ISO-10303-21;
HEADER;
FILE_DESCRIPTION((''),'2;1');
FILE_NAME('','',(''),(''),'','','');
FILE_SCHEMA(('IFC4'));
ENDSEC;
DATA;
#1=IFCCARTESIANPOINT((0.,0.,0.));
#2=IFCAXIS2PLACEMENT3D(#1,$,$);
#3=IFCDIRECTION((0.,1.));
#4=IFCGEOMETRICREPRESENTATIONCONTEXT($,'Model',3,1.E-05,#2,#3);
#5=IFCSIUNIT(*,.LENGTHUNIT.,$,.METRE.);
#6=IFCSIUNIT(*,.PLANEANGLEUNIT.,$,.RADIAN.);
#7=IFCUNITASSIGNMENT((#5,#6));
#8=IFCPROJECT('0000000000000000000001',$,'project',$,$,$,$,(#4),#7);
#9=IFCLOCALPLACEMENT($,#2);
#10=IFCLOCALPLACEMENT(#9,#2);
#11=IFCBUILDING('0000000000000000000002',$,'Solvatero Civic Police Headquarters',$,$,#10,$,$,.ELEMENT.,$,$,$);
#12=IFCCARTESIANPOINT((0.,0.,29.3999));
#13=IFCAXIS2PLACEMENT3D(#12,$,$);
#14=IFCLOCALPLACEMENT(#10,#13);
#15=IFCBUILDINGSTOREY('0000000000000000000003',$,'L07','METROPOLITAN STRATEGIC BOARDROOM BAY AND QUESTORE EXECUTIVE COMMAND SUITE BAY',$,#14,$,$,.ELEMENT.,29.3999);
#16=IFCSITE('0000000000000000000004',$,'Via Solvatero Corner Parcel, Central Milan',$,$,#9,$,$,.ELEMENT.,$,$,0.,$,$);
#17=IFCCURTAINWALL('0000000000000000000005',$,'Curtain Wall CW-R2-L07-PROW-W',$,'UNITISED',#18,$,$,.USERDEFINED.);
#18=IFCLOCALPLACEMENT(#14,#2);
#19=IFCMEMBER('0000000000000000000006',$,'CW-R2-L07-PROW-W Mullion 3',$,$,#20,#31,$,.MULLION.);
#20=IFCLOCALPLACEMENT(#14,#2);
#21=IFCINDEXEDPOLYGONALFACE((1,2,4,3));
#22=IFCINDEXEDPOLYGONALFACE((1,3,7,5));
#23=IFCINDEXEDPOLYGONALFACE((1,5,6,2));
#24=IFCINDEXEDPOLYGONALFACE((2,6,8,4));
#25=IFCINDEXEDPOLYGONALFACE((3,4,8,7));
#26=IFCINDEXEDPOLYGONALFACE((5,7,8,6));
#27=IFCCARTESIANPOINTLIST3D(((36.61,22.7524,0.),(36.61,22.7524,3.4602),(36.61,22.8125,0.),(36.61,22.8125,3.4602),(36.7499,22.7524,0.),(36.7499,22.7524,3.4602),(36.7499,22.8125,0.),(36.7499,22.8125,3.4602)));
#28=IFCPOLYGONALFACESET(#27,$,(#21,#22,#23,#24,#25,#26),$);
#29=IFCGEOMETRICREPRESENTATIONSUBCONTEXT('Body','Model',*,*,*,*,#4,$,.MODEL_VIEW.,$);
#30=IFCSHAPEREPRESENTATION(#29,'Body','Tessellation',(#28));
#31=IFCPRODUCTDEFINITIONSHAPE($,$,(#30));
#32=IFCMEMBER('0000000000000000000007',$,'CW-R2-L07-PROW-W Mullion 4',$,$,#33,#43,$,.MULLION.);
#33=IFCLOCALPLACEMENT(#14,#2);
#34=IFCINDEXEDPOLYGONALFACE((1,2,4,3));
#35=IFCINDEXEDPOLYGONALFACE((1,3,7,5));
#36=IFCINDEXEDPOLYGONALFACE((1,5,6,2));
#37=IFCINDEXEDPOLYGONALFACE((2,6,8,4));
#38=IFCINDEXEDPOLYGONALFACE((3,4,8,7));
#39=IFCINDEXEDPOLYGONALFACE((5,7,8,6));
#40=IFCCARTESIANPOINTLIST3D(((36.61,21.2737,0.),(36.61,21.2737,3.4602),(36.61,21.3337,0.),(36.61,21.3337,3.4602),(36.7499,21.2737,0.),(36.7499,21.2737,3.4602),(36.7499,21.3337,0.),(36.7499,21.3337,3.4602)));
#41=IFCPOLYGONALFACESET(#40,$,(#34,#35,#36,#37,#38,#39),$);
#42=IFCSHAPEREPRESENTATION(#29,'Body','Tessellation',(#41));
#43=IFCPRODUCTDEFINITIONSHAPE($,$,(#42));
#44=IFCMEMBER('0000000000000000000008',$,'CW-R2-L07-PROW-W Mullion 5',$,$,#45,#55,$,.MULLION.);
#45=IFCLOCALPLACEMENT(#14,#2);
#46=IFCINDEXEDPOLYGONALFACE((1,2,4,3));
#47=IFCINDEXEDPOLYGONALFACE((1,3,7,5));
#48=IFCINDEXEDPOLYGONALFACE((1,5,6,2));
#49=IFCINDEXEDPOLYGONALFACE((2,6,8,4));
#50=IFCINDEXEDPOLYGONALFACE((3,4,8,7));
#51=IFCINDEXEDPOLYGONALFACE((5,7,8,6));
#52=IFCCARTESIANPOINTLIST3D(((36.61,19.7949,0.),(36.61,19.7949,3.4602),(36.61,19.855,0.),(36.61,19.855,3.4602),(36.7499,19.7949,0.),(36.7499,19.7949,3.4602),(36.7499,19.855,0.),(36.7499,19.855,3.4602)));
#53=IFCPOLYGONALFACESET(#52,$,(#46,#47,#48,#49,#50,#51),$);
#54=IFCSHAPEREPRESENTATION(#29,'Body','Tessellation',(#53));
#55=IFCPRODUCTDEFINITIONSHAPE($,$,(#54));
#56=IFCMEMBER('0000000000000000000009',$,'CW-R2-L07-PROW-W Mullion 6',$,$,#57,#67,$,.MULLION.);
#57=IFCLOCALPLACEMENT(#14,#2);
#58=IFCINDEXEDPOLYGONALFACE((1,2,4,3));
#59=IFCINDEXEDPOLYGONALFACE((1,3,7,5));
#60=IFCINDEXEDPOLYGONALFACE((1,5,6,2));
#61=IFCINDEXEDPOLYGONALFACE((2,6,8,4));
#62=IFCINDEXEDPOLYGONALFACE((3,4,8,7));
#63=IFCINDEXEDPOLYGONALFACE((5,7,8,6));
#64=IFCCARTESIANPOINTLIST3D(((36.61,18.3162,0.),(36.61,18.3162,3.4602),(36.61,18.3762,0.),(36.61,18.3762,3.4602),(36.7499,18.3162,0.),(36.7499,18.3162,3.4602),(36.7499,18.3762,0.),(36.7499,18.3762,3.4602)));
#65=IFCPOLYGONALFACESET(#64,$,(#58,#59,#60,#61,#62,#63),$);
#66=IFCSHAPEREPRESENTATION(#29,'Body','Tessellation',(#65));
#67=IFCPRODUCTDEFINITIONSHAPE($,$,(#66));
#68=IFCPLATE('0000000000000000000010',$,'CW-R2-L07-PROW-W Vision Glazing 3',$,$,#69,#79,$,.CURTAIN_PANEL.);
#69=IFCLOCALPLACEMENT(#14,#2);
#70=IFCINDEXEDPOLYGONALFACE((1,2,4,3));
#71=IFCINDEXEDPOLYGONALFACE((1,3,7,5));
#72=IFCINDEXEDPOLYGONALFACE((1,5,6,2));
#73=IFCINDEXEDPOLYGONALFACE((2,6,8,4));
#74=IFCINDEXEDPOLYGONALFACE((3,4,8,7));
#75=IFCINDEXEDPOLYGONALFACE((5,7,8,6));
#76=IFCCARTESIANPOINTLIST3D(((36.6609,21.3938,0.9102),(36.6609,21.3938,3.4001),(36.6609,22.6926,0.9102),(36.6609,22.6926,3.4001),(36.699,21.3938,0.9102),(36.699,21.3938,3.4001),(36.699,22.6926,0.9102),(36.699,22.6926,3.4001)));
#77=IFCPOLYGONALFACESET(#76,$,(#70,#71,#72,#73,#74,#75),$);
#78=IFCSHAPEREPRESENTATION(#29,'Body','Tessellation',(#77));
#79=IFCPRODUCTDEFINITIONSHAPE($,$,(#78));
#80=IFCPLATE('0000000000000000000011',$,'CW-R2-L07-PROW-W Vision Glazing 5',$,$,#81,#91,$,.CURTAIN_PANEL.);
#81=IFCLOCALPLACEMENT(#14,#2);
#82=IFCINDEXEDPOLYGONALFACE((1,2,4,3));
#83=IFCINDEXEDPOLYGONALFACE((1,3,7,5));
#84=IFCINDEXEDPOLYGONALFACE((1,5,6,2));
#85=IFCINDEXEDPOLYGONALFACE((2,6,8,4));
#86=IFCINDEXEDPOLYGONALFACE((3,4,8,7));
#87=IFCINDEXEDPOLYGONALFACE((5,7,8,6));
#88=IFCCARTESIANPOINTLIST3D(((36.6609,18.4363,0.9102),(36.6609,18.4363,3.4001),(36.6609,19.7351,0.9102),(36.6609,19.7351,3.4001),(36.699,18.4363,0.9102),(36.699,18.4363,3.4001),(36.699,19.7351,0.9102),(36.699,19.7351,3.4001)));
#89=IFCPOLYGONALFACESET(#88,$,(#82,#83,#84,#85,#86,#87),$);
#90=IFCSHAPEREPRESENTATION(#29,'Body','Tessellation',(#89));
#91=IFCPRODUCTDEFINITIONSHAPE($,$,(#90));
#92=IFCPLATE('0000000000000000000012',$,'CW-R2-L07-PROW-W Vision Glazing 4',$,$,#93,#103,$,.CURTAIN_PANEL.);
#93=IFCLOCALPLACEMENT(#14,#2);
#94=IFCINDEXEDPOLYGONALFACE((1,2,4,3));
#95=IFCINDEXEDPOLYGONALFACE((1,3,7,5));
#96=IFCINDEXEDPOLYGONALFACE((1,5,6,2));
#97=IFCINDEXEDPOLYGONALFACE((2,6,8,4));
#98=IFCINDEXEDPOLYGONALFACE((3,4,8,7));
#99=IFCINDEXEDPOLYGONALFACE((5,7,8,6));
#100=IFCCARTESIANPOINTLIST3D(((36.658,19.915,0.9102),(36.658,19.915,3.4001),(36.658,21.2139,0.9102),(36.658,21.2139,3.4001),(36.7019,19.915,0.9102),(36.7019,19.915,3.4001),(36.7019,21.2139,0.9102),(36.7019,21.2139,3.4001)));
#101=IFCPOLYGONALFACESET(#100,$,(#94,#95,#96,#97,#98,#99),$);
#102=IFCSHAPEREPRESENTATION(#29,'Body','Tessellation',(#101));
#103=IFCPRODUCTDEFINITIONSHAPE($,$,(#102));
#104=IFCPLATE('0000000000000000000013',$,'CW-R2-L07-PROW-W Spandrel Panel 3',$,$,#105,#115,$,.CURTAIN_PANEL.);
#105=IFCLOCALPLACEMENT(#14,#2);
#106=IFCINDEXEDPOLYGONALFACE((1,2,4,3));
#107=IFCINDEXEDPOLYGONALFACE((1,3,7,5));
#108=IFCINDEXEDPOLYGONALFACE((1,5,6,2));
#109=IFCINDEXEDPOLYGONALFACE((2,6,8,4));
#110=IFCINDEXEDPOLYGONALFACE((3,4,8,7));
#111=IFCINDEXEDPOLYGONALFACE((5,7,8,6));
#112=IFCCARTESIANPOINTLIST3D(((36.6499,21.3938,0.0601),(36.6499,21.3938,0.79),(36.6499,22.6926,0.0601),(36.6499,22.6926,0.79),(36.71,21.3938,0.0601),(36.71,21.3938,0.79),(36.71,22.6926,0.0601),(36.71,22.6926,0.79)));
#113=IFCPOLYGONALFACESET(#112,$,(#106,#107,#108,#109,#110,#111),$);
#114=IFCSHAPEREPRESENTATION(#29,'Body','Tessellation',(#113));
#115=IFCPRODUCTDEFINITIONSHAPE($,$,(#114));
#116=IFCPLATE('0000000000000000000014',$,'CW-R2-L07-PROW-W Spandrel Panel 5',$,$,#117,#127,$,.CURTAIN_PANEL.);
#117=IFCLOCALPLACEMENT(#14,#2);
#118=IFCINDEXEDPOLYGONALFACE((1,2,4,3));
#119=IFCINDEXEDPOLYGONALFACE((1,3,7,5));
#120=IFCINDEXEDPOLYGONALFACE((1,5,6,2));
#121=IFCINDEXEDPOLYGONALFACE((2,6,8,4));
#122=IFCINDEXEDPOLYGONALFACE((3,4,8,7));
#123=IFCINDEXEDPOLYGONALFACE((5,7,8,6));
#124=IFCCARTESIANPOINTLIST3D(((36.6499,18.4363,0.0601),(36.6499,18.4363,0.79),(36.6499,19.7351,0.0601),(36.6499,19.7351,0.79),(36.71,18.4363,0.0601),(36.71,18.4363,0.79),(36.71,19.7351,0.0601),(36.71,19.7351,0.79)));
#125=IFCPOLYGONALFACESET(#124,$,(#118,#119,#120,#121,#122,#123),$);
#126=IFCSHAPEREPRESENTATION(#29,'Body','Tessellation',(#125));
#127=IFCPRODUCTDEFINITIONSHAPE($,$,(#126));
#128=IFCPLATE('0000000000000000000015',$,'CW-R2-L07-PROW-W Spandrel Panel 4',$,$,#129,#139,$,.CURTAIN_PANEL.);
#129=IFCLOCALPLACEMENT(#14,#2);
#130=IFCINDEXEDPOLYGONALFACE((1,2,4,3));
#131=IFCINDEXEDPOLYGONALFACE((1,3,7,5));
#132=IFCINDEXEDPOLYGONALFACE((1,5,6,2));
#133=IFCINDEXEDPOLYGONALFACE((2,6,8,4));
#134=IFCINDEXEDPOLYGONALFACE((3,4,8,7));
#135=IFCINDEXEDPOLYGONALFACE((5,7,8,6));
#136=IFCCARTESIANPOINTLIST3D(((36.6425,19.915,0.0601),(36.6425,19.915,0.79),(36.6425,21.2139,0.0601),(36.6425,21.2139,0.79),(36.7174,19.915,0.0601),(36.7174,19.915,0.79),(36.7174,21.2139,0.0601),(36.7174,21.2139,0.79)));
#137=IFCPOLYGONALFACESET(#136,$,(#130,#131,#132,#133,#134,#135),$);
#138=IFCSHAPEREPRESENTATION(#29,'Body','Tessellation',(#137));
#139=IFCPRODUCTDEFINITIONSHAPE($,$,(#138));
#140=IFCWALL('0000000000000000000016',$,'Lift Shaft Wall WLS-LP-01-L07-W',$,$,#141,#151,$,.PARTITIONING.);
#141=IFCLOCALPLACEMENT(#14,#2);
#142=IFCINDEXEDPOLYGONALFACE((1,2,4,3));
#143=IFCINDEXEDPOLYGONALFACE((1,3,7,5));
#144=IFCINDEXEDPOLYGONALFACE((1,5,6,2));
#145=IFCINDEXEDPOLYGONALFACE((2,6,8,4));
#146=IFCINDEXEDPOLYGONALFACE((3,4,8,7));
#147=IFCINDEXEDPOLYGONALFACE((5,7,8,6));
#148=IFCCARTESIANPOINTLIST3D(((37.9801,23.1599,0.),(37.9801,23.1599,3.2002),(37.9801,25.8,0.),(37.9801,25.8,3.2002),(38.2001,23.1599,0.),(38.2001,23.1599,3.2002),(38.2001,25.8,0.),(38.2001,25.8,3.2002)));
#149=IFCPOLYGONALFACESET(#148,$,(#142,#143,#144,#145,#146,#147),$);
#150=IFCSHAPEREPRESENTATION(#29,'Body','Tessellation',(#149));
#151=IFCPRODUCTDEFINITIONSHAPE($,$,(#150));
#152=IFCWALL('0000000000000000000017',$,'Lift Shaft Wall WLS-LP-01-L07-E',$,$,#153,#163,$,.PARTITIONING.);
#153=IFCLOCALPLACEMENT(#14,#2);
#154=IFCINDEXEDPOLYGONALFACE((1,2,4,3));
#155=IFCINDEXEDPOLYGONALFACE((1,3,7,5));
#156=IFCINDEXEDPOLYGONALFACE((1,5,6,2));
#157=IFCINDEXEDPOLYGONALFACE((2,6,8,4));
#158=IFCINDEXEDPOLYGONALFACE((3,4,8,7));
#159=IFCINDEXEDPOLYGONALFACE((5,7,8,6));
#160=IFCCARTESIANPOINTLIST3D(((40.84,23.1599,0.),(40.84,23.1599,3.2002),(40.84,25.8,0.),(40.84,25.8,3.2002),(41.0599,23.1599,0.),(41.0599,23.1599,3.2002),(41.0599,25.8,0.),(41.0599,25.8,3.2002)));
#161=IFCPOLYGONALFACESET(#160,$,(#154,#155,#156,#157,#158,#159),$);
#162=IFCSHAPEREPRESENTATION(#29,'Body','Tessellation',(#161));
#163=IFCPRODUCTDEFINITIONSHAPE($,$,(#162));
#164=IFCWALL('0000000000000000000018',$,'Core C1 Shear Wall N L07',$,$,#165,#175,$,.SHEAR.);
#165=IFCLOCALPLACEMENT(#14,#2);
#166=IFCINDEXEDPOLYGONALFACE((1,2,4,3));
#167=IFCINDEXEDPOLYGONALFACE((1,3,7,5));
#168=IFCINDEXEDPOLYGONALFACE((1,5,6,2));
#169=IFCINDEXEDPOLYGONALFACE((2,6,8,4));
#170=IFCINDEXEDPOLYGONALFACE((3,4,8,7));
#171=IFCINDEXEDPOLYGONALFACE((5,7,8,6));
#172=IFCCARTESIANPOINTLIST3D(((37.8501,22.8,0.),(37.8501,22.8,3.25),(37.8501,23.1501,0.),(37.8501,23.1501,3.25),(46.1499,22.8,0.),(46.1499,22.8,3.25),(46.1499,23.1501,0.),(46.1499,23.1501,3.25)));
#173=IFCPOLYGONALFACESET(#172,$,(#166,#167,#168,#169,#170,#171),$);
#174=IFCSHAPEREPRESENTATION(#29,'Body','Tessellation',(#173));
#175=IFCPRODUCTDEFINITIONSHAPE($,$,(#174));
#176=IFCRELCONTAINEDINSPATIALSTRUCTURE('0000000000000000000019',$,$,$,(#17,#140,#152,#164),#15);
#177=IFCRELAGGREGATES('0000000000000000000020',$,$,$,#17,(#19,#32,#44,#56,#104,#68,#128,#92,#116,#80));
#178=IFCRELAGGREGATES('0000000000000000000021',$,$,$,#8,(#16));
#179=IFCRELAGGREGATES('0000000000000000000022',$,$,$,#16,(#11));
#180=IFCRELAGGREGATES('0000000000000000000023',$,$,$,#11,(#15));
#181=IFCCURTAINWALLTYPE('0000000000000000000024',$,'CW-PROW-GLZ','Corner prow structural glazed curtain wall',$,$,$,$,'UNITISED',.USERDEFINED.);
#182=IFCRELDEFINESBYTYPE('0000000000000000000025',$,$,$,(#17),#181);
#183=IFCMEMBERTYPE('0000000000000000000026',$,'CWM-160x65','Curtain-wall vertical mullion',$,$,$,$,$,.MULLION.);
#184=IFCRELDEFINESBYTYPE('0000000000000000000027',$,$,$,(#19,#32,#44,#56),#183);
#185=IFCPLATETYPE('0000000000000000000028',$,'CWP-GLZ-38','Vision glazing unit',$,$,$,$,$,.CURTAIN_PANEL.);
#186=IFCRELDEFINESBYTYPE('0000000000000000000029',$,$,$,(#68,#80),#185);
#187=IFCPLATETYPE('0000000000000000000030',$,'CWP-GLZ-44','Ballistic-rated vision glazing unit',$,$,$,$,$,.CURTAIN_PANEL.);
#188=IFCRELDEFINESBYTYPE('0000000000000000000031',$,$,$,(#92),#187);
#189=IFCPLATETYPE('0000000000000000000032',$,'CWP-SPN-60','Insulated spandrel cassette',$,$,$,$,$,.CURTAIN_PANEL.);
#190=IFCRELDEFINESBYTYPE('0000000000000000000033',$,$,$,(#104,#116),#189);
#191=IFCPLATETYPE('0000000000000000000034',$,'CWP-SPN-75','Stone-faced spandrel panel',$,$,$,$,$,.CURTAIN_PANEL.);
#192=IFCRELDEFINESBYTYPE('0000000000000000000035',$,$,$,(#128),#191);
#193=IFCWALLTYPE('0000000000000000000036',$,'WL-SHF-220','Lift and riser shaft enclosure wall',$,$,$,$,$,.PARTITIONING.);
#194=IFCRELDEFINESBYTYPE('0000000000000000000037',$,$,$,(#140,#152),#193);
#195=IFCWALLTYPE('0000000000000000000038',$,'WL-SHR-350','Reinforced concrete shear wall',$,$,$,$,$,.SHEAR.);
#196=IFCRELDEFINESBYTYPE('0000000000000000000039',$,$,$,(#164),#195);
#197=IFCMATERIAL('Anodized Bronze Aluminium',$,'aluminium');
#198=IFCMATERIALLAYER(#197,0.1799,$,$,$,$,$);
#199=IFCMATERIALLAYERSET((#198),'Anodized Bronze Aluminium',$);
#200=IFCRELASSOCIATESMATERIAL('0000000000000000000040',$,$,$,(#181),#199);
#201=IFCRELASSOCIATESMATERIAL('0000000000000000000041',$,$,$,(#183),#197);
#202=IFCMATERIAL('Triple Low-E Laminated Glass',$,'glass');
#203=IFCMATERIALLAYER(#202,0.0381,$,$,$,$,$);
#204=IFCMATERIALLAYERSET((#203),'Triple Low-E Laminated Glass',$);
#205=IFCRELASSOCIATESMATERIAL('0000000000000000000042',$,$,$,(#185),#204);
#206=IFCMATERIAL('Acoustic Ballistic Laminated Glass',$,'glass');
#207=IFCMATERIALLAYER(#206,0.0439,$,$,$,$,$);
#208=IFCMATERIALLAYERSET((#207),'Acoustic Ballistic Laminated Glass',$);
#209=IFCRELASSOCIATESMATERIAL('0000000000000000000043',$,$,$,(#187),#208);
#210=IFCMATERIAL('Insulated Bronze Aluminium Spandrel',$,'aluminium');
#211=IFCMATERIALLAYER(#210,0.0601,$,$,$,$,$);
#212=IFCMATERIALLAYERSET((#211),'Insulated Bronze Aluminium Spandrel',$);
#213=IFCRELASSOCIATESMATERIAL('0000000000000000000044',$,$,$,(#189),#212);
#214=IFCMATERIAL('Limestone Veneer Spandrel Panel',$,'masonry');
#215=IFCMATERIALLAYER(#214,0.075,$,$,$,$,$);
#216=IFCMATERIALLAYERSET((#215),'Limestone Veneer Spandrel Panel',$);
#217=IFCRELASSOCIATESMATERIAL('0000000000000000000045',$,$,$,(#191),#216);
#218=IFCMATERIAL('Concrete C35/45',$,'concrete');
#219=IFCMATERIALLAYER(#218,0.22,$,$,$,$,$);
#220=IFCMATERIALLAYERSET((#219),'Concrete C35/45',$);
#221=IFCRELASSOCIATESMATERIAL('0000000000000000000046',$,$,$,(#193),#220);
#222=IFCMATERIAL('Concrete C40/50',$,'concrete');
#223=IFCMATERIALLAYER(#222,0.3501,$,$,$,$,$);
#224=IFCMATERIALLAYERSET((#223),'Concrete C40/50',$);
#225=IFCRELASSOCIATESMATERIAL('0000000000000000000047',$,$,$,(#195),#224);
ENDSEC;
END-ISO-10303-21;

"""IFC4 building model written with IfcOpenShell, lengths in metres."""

from ifc_helpers import new_model, si_unit, direction, frame, frame_2d, origin, origin_2d, place, context, subcontext, project, spatial, rectangle, extrude, material, layer, layer_set, material_profile, profile_set, type_object, element, aggregate, save


model = new_model("IFC4")

# Units and contexts
model_context = context("Model", 3, precision=1e-05, world=origin(), true_north=direction((0.0, 1.0)))
body_context = subcontext(model_context, "Body", "Model", "MODEL_VIEW")
ifc_project = project(units=[si_unit("LENGTHUNIT", "METRE"), si_unit("PLANEANGLEUNIT", "RADIAN")], contexts=[model_context])

# Site, building, storey
site_placement = place(None, origin())
site = spatial("IfcSite", under=ifc_project, at=site_placement, Name="Via Solvatero Corner Parcel, Central Milan", CompositionType="ELEMENT", RefElevation=0.0)
building_placement = place(site_placement, origin())
building = spatial("IfcBuilding", under=site, at=building_placement, Name="Solvatero Civic Police Headquarters", CompositionType="ELEMENT")
storey_placement = place(building_placement, frame((0.0, 0.0, 29.3999)))
storey = spatial("IfcBuildingStorey", under=building, at=storey_placement, Name="L07", Description="METROPOLITAN STRATEGIC BOARDROOM BAY AND QUESTORE EXECUTIVE COMMAND SUITE BAY", CompositionType="ELEMENT", Elevation=29.3999)

# Curtain wall, members, plates
ifc_material_1 = material(Name="Anodized Bronze Aluminium", Category="aluminium")
ifc_layer_1 = layer(ifc_material_1, 0.1799)
ifc_layer_set_1 = layer_set([ifc_layer_1], Name="Anodized Bronze Aluminium")
curtain_wall_type = type_object("IfcCurtainWallType", Name="CW-PROW-GLZ", Description="Corner prow structural glazed curtain wall", ElementType="UNITISED", PredefinedType="USERDEFINED", material=ifc_layer_set_1)
curtain_wall_placement = place(storey_placement, origin())
curtain_wall = element("IfcCurtainWall", 1, at=curtain_wall_placement, inside=storey, type_object=curtain_wall_type, Name="Curtain Wall CW-R2-L07-PROW-W", ObjectType="UNITISED", PredefinedType="USERDEFINED")
ifc_material_profile = material_profile(ifc_material_1, rectangle(XDim=0.0601, YDim=0.1399, at=origin_2d()), Name="ALU MULLION 60x140")
ifc_profile_set = profile_set([ifc_material_profile], Name="Anodized Bronze Aluminium")
member_type = type_object("IfcMemberType", Name="CWM-160x65", Description="Curtain-wall vertical mullion", PredefinedType="MULLION", material=ifc_profile_set)
member_1_placement = place(storey_placement, frame((36.6799, 22.7825, 0.0), z_axis=(0.0, 0.0, 1.0), x_axis=(0.0, -1.0, 0.0)))
member_1 = element("IfcMember", 2, at=member_1_placement, type_object=member_type, Name="CW-R2-L07-PROW-W Mullion 3", PredefinedType="MULLION", context=body_context, shape_type="SweptSolid", body=[
    extrude(rectangle(XDim=0.0601, YDim=0.1399, at=origin_2d()), origin(), (0.0, 0.0, 1.0), 3.4602),
])
member_2_placement = place(storey_placement, frame((36.6799, 21.3037, 0.0), z_axis=(0.0, 0.0, 1.0), x_axis=(0.0, -1.0, 0.0)))
member_2 = element("IfcMember", 3, at=member_2_placement, type_object=member_type, Name="CW-R2-L07-PROW-W Mullion 4", PredefinedType="MULLION", context=body_context, shape_type="SweptSolid", body=[
    extrude(rectangle(XDim=0.0601, YDim=0.1399, at=origin_2d()), origin(), (0.0, 0.0, 1.0), 3.4602),
])
member_3_placement = place(storey_placement, frame((36.6799, 19.825, 0.0), z_axis=(0.0, 0.0, 1.0), x_axis=(0.0, -1.0, 0.0)))
member_3 = element("IfcMember", 4, at=member_3_placement, type_object=member_type, Name="CW-R2-L07-PROW-W Mullion 5", PredefinedType="MULLION", context=body_context, shape_type="SweptSolid", body=[
    extrude(rectangle(XDim=0.0601, YDim=0.1399, at=origin_2d()), origin(), (0.0, 0.0, 1.0), 3.4602),
])
member_4_placement = place(storey_placement, frame((36.6799, 18.3462, 0.0), z_axis=(0.0, 0.0, 1.0), x_axis=(0.0, -1.0, 0.0)))
member_4 = element("IfcMember", 5, at=member_4_placement, type_object=member_type, Name="CW-R2-L07-PROW-W Mullion 6", PredefinedType="MULLION", context=body_context, shape_type="SweptSolid", body=[
    extrude(rectangle(XDim=0.0601, YDim=0.1399, at=origin_2d()), origin(), (0.0, 0.0, 1.0), 3.4602),
])
ifc_material_2 = material(Name="Triple Low-E Laminated Glass", Category="glass")
ifc_layer_2 = layer(ifc_material_2, 0.0381)
ifc_layer_set_2 = layer_set([ifc_layer_2], Name="Triple Low-E Laminated Glass")
plate_type_1 = type_object("IfcPlateType", Name="CWP-GLZ-38", Description="Vision glazing unit", PredefinedType="CURTAIN_PANEL", material=ifc_layer_set_2)
plate_1_placement = place(storey_placement, frame((36.6799, 22.0432, 0.9102), z_axis=(0.0, 0.0, 1.0), x_axis=(0.0, -1.0, 0.0)))
plate_1 = element("IfcPlate", 6, at=plate_1_placement, type_object=plate_type_1, Name="CW-R2-L07-PROW-W Vision Glazing 3", PredefinedType="CURTAIN_PANEL", context=body_context, shape_type="SweptSolid", body=[
    extrude(rectangle(XDim=1.2988, YDim=0.0381, at=origin_2d()), origin(), (0.0, 0.0, 1.0), 2.49),
])
plate_2_placement = place(storey_placement, frame((36.6799, 19.0857, 0.9102), z_axis=(0.0, 0.0, 1.0), x_axis=(0.0, -1.0, 0.0)))
plate_2 = element("IfcPlate", 7, at=plate_2_placement, type_object=plate_type_1, Name="CW-R2-L07-PROW-W Vision Glazing 5", PredefinedType="CURTAIN_PANEL", context=body_context, shape_type="SweptSolid", body=[
    extrude(rectangle(XDim=1.2988, YDim=0.0381, at=origin_2d()), origin(), (0.0, 0.0, 1.0), 2.49),
])
ifc_material_3 = material(Name="Acoustic Ballistic Laminated Glass", Category="glass")
ifc_layer_3 = layer(ifc_material_3, 0.0439)
ifc_layer_set_3 = layer_set([ifc_layer_3], Name="Acoustic Ballistic Laminated Glass")
plate_type_2 = type_object("IfcPlateType", Name="CWP-GLZ-44", Description="Ballistic-rated vision glazing unit", PredefinedType="CURTAIN_PANEL", material=ifc_layer_set_3)
plate_3_placement = place(storey_placement, frame((36.6799, 20.5645, 0.9102), z_axis=(0.0, 0.0, 1.0), x_axis=(0.0, -1.0, 0.0)))
plate_3 = element("IfcPlate", 8, at=plate_3_placement, type_object=plate_type_2, Name="CW-R2-L07-PROW-W Vision Glazing 4", PredefinedType="CURTAIN_PANEL", context=body_context, shape_type="SweptSolid", body=[
    extrude(rectangle(XDim=1.2988, YDim=0.0439, at=origin_2d()), origin(), (0.0, 0.0, 1.0), 2.49),
])
ifc_material_4 = material(Name="Insulated Bronze Aluminium Spandrel", Category="aluminium")
ifc_layer_4 = layer(ifc_material_4, 0.0601)
ifc_layer_set_4 = layer_set([ifc_layer_4], Name="Insulated Bronze Aluminium Spandrel")
plate_type_3 = type_object("IfcPlateType", Name="CWP-SPN-60", Description="Insulated spandrel cassette", PredefinedType="CURTAIN_PANEL", material=ifc_layer_set_4)
plate_4_placement = place(storey_placement, frame((36.6799, 22.0432, 0.0601), z_axis=(0.0, 0.0, 1.0), x_axis=(0.0, -1.0, 0.0)))
plate_4 = element("IfcPlate", 9, at=plate_4_placement, type_object=plate_type_3, Name="CW-R2-L07-PROW-W Spandrel Panel 3", PredefinedType="CURTAIN_PANEL", context=body_context, shape_type="SweptSolid", body=[
    extrude(rectangle(XDim=1.2988, YDim=0.0601, at=origin_2d()), origin(), (0.0, 0.0, 1.0), 0.73),
])
plate_5_placement = place(storey_placement, frame((36.6799, 19.0857, 0.0601), z_axis=(0.0, 0.0, 1.0), x_axis=(0.0, -1.0, 0.0)))
plate_5 = element("IfcPlate", 10, at=plate_5_placement, type_object=plate_type_3, Name="CW-R2-L07-PROW-W Spandrel Panel 5", PredefinedType="CURTAIN_PANEL", context=body_context, shape_type="SweptSolid", body=[
    extrude(rectangle(XDim=1.2988, YDim=0.0601, at=origin_2d()), origin(), (0.0, 0.0, 1.0), 0.73),
])
ifc_material_5 = material(Name="Limestone Veneer Spandrel Panel", Category="masonry")
ifc_layer_5 = layer(ifc_material_5, 0.075)
ifc_layer_set_5 = layer_set([ifc_layer_5], Name="Limestone Veneer Spandrel Panel")
plate_type_4 = type_object("IfcPlateType", Name="CWP-SPN-75", Description="Stone-faced spandrel panel", PredefinedType="CURTAIN_PANEL", material=ifc_layer_set_5)
plate_6_placement = place(storey_placement, frame((36.6799, 20.5645, 0.0601), z_axis=(0.0, 0.0, 1.0), x_axis=(0.0, -1.0, 0.0)))
plate_6 = element("IfcPlate", 11, at=plate_6_placement, type_object=plate_type_4, Name="CW-R2-L07-PROW-W Spandrel Panel 4", PredefinedType="CURTAIN_PANEL", context=body_context, shape_type="SweptSolid", body=[
    extrude(rectangle(XDim=1.2988, YDim=0.075, at=origin_2d()), origin(), (0.0, 0.0, 1.0), 0.73),
])
aggregate(curtain_wall, [member_1, member_2, member_3, member_4, plate_4, plate_1, plate_6, plate_3, plate_5, plate_2])

# Walls
ifc_material_6 = material(Name="Concrete C35/45", Category="concrete")
ifc_layer_6 = layer(ifc_material_6, 0.22)
ifc_layer_set_6 = layer_set([ifc_layer_6], Name="Concrete C35/45")
wall_type_1 = type_object("IfcWallType", Name="WL-SHF-220", Description="Lift and riser shaft enclosure wall", PredefinedType="PARTITIONING", material=ifc_layer_set_6)
for number, where, z_axis, x_axis, name in (
    (12, (38.0901, 23.1599, 0.0), (0.0, 0.0, 1.0), (0.0, 1.0, 0.0), "Lift Shaft Wall WLS-LP-01-L07-W"),
    (13, (40.95, 23.1599, 0.0), (0.0, 0.0, 1.0), (0.0, 1.0, 0.0), "Lift Shaft Wall WLS-LP-01-L07-E"),
):
    element("IfcWall", number, at=place(storey_placement, frame(where, z_axis=z_axis, x_axis=x_axis)), inside=storey, type_object=wall_type_1, Name=name, PredefinedType="PARTITIONING", context=body_context, shape_type="SweptSolid", body=[
        extrude(rectangle(XDim=2.6401, YDim=0.22, at=frame_2d((1.3201, 0.0))), origin(), (0.0, 0.0, 1.0), 3.2002),
    ])
ifc_material_7 = material(Name="Concrete C40/50", Category="concrete")
ifc_layer_7 = layer(ifc_material_7, 0.3501)
ifc_layer_set_7 = layer_set([ifc_layer_7], Name="Concrete C40/50")
wall_type_2 = type_object("IfcWallType", Name="WL-SHR-350", Description="Reinforced concrete shear wall", PredefinedType="SHEAR", material=ifc_layer_set_7)
wall_placement = place(storey_placement, frame((37.8501, 22.9751, 0.0), z_axis=(0.0, 0.0, 1.0), x_axis=(1.0, 0.0, 0.0)))
element("IfcWall", 14, at=wall_placement, inside=storey, type_object=wall_type_2, Name="Core C1 Shear Wall N L07", PredefinedType="SHEAR", context=body_context, shape_type="SweptSolid", body=[
    extrude(rectangle(XDim=8.2998, YDim=0.3501, at=frame_2d((4.1499, 0.0))), origin(), (0.0, 0.0, 1.0), 3.25),
])

save(model, "model.ifc")
